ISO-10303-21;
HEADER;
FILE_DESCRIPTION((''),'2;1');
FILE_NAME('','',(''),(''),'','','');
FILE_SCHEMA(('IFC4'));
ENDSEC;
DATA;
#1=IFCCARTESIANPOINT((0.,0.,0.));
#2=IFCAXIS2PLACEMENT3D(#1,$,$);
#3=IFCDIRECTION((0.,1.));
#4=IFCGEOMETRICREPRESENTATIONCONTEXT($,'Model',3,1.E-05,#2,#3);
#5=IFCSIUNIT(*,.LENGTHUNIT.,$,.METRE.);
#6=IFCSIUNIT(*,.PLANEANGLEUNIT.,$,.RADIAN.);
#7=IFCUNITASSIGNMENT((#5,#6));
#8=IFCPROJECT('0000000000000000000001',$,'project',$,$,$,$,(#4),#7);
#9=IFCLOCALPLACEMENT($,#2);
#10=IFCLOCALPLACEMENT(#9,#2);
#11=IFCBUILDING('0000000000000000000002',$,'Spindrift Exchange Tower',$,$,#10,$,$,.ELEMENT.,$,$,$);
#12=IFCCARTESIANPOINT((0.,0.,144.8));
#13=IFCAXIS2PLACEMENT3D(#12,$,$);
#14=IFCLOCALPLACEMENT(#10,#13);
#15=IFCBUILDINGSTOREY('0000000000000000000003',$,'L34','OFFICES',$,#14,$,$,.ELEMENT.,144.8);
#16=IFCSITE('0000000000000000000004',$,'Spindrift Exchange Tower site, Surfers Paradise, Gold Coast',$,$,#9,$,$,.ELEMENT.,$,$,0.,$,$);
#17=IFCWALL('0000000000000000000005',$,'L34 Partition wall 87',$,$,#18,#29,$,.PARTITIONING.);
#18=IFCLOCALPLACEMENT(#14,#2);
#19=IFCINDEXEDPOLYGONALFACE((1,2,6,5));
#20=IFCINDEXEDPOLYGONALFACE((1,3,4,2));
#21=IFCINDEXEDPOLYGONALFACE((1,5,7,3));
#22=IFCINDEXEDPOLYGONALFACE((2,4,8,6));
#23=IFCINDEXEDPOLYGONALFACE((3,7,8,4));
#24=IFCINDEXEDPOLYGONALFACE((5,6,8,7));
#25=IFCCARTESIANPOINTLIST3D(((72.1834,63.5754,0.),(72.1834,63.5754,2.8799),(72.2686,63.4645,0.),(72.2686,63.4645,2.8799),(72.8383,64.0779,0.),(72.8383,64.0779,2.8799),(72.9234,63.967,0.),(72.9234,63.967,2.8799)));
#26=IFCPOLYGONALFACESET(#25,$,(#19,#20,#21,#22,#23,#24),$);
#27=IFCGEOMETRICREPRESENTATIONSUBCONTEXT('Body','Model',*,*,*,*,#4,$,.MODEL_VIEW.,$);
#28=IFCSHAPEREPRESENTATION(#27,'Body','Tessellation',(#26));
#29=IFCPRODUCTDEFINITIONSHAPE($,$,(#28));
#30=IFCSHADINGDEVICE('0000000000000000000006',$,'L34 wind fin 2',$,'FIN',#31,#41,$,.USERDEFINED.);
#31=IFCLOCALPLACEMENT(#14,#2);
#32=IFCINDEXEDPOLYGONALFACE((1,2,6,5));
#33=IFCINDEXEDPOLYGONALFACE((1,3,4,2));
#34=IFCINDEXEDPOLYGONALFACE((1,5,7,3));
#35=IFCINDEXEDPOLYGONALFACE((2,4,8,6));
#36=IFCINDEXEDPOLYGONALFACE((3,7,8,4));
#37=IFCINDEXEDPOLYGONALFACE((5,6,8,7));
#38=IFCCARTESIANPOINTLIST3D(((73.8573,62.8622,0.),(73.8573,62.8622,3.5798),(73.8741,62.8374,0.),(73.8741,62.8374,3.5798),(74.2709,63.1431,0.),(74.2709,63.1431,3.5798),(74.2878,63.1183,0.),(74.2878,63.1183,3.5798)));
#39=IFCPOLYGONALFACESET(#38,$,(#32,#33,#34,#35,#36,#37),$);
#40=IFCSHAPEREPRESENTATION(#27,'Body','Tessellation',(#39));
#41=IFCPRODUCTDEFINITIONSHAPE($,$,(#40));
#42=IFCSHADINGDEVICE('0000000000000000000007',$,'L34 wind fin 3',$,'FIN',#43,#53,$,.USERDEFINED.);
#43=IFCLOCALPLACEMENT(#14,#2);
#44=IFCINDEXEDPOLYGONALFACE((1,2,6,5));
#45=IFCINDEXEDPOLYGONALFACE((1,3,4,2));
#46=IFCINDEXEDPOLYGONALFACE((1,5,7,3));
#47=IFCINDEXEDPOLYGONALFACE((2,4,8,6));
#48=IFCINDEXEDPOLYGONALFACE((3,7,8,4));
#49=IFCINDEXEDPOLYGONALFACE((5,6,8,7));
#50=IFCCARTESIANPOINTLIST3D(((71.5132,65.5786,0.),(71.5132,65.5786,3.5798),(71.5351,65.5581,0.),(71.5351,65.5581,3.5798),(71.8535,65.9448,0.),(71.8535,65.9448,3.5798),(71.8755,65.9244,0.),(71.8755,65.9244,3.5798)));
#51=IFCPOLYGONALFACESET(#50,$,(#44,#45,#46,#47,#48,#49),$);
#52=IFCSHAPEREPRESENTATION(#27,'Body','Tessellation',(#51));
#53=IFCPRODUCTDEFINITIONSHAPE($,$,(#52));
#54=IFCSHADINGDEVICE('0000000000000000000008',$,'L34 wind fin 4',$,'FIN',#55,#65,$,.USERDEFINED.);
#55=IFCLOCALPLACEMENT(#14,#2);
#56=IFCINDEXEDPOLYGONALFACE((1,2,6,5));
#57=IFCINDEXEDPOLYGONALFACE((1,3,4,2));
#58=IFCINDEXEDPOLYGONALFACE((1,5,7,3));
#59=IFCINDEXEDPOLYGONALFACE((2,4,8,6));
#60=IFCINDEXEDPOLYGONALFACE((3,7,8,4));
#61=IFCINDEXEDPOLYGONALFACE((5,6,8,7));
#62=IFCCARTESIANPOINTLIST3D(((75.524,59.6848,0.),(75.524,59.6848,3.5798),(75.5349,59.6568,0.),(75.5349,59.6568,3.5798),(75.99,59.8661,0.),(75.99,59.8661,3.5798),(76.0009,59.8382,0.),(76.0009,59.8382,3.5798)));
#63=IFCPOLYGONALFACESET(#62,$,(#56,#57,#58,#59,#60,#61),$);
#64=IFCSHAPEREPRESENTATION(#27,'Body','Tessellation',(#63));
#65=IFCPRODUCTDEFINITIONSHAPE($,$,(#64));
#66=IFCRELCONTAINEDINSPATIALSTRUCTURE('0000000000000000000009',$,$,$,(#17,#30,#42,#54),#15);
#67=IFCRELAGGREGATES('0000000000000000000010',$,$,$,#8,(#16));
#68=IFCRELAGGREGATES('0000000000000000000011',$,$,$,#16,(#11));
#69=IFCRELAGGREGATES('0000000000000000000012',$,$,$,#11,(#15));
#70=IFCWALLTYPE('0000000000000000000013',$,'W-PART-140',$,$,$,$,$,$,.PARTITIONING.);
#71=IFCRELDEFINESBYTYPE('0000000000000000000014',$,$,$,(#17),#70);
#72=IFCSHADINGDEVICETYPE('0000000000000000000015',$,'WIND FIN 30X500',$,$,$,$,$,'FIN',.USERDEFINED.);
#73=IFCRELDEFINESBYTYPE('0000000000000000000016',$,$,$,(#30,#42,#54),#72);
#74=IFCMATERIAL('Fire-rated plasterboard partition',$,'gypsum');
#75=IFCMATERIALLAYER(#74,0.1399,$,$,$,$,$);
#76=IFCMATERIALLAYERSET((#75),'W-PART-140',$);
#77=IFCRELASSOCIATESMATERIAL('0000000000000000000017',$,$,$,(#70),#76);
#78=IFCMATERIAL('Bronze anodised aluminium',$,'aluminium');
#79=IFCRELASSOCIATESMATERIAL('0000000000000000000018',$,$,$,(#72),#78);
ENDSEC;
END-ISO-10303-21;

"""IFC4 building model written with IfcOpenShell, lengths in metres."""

from ifc_helpers import new_model, si_unit, direction, frame, frame_2d, origin, origin_2d, place, context, subcontext, project, spatial, rectangle, extrude, source, transform, mapped, material, layer, layer_set, material_profile, profile_set, type_object, element, save


model = new_model("IFC4")

# Units and contexts
model_context = context("Model", 3, precision=1e-05, world=origin(), true_north=direction((0.0, 1.0)))
body_context = subcontext(model_context, "Body", "Model", "MODEL_VIEW")
ifc_project = project(units=[si_unit("LENGTHUNIT", "METRE"), si_unit("PLANEANGLEUNIT", "RADIAN")], contexts=[model_context])

# Site, building, storey
site_placement = place(None, origin())
site = spatial("IfcSite", under=ifc_project, at=site_placement, Name="Spindrift Exchange Tower site, Surfers Paradise, Gold Coast", CompositionType="ELEMENT", RefElevation=0.0)
building_placement = place(site_placement, origin())
building = spatial("IfcBuilding", under=site, at=building_placement, Name="Spindrift Exchange Tower", CompositionType="ELEMENT")
storey_placement = place(building_placement, frame((0.0, 0.0, 144.8)))
storey = spatial("IfcBuildingStorey", under=building, at=storey_placement, Name="L34", Description="OFFICES", CompositionType="ELEMENT", Elevation=144.8)

# Shared definitions
ifc_material_1 = material(Name="Bronze anodised aluminium", Category="aluminium")

# Wall
ifc_material_2 = material(Name="Fire-rated plasterboard partition", Category="gypsum")
ifc_layer_1 = layer(ifc_material_2, 0.1399)
ifc_layer_set_1 = layer_set([ifc_layer_1], Name="W-PART-140")
wall_type = type_object("IfcWallType", Name="W-PART-140", PredefinedType="PARTITIONING", material=ifc_layer_set_1)
wall_1_placement = place(storey_placement, frame((72.2261, 63.52, 0.0), z_axis=(0.0, 0.0, 1.0), x_axis=(0.793349, 0.608767, 0.0)))
element("IfcWall", 1, at=wall_1_placement, inside=storey, type_object=wall_type, Name="L34 Partition wall 87", PredefinedType="PARTITIONING", context=body_context, shape_type="SweptSolid", body=[
    extrude(rectangle(XDim=0.8254, YDim=0.1399, at=frame_2d((0.4126, 0.0))), origin(), (0.0, 0.0, 1.0), 2.8799),
])

# Shading devices
ifc_material_profile_1 = material_profile(ifc_material_1, rectangle(XDim=0.03, YDim=0.5, at=origin_2d()), Name="WIND FIN 30X500")
ifc_profile_set_1 = profile_set([ifc_material_profile_1], Name="Bronze anodised aluminium")
shading_device_type = type_object("IfcShadingDeviceType", Name="WIND FIN 30X500", ElementType="FIN", PredefinedType="USERDEFINED", material=ifc_profile_set_1)
shared_shape_1 = source(origin(), body_context, "Body", "SweptSolid", [
    extrude(rectangle(XDim=0.03, YDim=0.5, at=origin_2d()), origin(), (0.0, 0.0, 1.0), 3.5798),
])
for number, where, z_axis, x_axis, name in (
    (2, (74.0725, 62.9902, 0.0), (0.0, 0.0, 1.0), (-0.561822, 0.827258, 0.0), "L34 wind fin 2"),
    (3, (71.6943, 65.7515, 0.0), (0.0, 0.0, 1.0), (-0.732518, 0.680748, 0.0), "L34 wind fin 3"),
    (4, (75.7625, 59.7615, 0.0), (0.0, 0.0, 1.0), (-0.362695, 0.931908, 0.0), "L34 wind fin 4"),
):
    element("IfcShadingDevice", number, at=place(storey_placement, frame(where, z_axis=z_axis, x_axis=x_axis)), inside=storey, type_object=shading_device_type, Name=name, ObjectType="FIN", PredefinedType="USERDEFINED", context=body_context, shape_type="MappedRepresentation", body=[
        mapped(shared_shape_1, transform((0.0, 0.0, 0.0), scale=1.0)),
    ])

save(model, "model.ifc")
